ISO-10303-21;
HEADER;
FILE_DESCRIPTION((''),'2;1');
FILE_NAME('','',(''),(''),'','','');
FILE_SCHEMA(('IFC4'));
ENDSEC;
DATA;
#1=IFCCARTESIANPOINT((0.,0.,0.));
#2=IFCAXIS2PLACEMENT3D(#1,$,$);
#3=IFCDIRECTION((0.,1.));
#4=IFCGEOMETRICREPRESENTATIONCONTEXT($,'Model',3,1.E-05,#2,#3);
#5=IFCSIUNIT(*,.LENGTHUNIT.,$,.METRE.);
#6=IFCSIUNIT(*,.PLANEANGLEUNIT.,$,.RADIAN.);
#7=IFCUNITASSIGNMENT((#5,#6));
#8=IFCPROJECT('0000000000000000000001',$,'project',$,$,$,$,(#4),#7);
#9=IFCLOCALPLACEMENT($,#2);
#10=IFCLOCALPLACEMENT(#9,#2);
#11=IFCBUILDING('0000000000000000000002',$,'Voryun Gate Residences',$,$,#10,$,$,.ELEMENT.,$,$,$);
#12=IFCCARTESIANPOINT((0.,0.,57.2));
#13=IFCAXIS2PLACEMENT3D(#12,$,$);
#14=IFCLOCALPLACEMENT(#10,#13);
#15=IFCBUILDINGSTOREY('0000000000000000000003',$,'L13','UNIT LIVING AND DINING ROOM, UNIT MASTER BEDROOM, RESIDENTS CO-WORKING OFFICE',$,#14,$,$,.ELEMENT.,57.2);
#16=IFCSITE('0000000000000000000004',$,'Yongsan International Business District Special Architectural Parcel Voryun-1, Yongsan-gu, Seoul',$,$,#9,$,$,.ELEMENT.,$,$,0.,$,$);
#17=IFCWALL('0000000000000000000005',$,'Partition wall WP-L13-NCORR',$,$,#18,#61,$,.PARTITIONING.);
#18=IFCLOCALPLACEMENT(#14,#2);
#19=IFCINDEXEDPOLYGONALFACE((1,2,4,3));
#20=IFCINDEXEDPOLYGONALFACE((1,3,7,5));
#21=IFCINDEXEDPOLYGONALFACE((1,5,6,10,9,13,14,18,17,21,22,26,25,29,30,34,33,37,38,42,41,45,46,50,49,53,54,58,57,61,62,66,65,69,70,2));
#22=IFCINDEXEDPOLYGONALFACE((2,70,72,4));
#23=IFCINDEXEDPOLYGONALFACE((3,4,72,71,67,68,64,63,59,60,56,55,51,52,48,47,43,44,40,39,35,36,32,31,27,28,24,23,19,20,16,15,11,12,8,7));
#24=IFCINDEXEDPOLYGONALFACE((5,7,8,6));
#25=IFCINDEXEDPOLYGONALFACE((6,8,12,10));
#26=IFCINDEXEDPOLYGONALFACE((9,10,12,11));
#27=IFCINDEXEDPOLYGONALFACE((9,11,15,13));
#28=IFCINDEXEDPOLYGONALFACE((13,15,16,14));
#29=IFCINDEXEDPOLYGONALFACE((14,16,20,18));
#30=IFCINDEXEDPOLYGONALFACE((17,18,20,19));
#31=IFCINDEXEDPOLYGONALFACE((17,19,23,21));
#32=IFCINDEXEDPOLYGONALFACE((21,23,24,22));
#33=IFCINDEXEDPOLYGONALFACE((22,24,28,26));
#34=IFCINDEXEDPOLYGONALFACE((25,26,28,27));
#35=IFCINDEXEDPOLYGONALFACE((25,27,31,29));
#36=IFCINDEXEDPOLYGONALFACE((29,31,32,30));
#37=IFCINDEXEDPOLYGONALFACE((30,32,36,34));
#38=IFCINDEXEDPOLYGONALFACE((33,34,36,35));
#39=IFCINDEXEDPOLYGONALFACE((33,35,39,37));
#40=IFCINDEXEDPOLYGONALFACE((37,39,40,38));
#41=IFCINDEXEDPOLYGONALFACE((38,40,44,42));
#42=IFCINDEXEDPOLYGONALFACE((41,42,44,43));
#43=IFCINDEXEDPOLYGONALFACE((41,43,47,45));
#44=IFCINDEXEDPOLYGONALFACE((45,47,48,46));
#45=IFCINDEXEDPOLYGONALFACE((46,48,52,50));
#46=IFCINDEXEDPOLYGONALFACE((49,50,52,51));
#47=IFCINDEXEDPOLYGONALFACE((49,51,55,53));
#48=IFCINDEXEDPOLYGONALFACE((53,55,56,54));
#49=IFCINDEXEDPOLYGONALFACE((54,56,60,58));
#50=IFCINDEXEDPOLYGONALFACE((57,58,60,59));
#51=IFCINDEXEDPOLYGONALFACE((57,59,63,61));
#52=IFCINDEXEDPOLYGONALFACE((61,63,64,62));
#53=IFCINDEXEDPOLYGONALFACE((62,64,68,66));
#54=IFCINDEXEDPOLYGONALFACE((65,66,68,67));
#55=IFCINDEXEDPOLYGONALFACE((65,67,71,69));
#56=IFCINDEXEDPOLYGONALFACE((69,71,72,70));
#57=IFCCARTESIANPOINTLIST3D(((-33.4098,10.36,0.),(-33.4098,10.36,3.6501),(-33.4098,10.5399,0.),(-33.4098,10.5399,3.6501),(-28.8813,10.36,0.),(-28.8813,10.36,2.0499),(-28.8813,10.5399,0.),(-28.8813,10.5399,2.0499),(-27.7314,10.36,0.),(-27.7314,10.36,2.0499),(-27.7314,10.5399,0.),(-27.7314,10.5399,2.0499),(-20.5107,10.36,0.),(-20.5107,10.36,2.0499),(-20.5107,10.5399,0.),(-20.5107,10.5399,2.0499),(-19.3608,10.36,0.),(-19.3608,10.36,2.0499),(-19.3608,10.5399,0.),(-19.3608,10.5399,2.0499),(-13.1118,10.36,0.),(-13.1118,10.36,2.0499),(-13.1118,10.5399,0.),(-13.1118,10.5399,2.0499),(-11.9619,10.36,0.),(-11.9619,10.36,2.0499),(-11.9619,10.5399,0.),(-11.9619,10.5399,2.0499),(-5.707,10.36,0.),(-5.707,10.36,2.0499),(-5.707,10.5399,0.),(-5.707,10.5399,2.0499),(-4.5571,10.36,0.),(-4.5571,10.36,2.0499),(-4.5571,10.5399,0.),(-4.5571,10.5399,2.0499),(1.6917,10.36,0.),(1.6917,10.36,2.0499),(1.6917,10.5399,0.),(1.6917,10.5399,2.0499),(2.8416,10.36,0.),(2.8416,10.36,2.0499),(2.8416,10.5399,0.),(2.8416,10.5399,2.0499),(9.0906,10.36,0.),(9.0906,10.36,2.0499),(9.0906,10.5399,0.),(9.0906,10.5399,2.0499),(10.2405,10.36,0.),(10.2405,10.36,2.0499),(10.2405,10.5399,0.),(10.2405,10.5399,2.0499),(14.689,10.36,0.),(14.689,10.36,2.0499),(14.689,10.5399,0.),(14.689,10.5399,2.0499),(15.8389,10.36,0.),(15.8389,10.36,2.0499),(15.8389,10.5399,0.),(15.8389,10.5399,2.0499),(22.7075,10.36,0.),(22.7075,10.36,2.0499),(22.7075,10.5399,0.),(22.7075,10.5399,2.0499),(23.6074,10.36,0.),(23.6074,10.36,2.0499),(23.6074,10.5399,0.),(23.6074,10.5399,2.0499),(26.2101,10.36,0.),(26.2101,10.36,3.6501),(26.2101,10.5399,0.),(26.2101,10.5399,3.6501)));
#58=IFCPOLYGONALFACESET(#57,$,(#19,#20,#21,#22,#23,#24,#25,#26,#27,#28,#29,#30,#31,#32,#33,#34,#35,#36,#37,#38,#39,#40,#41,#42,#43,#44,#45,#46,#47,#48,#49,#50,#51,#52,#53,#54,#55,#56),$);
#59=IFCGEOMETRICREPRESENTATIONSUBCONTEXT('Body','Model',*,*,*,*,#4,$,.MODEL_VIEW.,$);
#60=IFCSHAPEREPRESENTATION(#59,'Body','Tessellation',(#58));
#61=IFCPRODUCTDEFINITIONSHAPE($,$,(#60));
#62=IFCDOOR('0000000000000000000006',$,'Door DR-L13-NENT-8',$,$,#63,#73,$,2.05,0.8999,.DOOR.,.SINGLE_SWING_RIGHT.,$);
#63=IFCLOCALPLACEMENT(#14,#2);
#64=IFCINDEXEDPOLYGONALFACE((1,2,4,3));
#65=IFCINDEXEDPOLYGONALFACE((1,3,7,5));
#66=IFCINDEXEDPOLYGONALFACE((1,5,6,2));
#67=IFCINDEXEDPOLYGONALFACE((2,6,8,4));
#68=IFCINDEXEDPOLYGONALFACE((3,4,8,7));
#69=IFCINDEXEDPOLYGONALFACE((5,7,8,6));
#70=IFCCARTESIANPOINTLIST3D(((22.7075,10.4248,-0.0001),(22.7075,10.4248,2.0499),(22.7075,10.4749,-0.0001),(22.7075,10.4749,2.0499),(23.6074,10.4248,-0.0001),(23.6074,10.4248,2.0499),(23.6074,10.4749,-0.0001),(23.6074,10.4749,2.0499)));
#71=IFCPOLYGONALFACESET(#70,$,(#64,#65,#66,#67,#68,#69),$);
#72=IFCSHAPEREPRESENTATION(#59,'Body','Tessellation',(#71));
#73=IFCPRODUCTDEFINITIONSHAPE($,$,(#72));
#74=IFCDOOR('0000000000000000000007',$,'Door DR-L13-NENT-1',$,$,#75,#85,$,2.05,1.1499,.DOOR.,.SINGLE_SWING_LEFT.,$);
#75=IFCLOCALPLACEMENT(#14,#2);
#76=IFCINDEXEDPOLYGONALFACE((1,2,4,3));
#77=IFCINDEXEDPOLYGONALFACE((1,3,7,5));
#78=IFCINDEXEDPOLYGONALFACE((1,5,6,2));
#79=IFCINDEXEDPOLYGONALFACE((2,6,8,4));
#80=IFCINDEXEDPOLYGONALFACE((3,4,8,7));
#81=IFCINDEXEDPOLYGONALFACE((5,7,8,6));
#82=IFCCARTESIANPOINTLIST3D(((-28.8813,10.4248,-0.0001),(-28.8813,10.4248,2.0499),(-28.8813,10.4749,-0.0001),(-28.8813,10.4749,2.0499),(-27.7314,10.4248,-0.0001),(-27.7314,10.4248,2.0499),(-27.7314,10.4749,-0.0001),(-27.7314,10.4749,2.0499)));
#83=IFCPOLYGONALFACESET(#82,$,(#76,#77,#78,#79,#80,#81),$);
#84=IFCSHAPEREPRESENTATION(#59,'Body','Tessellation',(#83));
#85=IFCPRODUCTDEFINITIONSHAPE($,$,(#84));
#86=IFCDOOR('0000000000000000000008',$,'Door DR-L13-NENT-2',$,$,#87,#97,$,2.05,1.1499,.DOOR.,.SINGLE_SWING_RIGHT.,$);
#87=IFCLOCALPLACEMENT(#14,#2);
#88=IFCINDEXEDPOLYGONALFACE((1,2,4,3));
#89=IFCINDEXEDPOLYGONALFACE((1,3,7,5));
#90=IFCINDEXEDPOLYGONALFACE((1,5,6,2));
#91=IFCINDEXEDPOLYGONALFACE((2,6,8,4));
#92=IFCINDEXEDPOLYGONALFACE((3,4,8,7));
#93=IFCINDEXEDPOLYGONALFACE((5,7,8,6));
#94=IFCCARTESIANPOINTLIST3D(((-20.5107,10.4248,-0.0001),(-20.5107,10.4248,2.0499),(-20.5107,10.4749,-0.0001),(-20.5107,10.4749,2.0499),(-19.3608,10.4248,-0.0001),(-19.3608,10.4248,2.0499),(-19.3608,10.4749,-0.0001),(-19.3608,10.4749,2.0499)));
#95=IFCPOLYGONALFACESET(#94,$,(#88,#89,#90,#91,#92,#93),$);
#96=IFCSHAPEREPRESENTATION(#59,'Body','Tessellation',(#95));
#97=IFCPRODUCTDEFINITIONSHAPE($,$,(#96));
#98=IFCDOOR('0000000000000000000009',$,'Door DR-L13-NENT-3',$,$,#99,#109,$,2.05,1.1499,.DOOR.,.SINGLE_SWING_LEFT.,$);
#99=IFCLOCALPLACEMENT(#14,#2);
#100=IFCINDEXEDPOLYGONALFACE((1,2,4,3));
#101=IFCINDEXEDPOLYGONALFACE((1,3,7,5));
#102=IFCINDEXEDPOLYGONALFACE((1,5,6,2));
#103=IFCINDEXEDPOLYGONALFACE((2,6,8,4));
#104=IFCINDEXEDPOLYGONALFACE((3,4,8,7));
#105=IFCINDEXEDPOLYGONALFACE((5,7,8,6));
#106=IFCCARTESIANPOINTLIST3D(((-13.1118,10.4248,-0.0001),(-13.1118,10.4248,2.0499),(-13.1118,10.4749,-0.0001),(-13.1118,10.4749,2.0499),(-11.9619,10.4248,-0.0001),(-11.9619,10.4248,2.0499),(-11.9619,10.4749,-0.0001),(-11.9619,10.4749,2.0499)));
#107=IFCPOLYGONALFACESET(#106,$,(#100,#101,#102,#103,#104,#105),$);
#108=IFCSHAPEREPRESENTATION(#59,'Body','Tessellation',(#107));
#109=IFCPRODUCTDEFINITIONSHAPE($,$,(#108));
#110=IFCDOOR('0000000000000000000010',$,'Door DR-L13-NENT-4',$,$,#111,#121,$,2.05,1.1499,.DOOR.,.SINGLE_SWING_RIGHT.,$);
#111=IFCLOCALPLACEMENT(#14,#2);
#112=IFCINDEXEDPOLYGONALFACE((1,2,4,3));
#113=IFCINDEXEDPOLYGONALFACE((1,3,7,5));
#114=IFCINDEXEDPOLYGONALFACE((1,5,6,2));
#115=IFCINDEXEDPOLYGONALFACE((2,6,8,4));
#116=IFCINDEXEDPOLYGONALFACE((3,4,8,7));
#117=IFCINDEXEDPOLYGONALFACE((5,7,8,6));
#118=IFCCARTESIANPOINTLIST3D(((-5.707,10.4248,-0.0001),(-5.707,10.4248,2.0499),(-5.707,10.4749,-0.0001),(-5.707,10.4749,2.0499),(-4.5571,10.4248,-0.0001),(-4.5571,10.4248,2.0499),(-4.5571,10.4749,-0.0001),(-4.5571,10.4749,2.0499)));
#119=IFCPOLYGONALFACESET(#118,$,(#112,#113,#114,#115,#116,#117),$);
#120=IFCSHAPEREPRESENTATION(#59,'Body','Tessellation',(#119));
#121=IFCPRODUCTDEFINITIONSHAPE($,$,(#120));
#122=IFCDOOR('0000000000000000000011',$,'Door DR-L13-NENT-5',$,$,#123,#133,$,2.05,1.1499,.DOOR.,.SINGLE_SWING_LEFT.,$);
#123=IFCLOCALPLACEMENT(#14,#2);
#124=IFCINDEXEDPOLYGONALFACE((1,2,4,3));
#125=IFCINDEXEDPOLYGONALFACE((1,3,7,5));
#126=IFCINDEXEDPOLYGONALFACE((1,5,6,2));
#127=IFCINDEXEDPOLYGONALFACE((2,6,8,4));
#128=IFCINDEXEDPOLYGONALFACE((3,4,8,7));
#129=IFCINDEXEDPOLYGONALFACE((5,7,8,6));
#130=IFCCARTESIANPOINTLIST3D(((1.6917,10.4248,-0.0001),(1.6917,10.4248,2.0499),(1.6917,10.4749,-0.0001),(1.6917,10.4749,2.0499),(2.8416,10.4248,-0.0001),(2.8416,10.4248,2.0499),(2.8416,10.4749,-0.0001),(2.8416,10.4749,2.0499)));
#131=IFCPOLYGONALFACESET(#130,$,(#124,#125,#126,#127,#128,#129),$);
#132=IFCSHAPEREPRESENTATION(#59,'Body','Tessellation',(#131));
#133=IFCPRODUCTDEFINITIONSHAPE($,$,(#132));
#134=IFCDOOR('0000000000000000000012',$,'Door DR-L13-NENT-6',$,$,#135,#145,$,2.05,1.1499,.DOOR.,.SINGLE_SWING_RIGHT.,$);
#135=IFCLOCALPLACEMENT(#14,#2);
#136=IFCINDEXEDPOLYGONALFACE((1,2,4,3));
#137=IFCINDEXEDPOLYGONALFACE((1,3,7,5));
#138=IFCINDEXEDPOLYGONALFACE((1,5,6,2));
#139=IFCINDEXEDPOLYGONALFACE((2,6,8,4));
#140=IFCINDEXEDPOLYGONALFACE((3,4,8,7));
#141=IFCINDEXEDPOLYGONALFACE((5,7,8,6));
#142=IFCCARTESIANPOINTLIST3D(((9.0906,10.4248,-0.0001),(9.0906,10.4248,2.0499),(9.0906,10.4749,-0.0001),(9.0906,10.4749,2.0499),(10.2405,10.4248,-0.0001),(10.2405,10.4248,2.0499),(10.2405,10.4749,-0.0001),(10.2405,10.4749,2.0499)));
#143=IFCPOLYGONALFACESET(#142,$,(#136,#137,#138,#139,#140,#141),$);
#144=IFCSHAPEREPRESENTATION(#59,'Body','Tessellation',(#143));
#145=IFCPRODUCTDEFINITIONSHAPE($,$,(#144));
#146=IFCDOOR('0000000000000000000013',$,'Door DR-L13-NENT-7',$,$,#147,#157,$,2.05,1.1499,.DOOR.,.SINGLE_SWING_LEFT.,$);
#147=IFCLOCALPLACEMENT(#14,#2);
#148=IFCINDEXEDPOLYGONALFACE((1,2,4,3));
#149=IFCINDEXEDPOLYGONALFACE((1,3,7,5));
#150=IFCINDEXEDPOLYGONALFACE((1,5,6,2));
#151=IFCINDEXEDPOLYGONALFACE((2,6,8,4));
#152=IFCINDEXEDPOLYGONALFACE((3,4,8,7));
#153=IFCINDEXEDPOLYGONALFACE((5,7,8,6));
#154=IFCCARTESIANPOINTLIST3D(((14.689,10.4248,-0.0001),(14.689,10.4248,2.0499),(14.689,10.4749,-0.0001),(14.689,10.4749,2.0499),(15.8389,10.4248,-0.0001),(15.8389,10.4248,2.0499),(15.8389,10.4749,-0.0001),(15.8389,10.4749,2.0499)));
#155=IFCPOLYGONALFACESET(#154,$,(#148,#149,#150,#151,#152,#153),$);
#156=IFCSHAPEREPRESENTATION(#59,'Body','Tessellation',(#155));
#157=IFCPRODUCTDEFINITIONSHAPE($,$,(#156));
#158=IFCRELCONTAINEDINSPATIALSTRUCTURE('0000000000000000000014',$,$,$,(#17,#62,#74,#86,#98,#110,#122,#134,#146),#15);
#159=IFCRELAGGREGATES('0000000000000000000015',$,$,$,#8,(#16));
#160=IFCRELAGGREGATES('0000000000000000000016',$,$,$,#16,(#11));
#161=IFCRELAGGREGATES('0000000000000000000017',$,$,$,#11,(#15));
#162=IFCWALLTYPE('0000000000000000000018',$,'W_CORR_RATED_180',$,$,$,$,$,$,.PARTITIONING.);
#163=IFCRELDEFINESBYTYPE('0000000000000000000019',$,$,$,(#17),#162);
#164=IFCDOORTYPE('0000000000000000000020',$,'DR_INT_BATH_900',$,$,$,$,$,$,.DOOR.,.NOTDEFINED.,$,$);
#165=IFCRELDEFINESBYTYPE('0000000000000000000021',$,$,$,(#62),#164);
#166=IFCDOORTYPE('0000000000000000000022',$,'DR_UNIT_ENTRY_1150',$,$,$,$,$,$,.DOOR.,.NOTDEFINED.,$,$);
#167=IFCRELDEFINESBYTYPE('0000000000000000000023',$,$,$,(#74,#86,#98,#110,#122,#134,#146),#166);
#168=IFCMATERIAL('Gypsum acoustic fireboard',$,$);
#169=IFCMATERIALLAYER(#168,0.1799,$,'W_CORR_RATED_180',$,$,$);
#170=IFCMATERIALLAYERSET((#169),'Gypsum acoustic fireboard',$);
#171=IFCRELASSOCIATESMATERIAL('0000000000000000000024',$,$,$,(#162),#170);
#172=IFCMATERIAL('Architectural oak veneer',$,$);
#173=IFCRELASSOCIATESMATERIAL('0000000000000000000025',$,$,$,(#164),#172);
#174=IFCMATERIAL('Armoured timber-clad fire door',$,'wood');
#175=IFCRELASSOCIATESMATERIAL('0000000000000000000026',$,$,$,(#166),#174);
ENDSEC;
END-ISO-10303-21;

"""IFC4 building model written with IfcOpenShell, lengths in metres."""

from ifc_helpers import new_model, si_unit, direction, frame, frame_2d, origin, place, context, subcontext, project, spatial, rectangle, extrude, material, layer, layer_set, type_object, element, fill, save


model = new_model("IFC4")

# Units and contexts
model_context = context("Model", 3, precision=1e-05, world=origin(), true_north=direction((0.0, 1.0)))
body_context = subcontext(model_context, "Body", "Model", "MODEL_VIEW")
ifc_project = project(units=[si_unit("LENGTHUNIT", "METRE"), si_unit("PLANEANGLEUNIT", "RADIAN")], contexts=[model_context])

# Site, building, storey
site_placement = place(None, origin())
site = spatial("IfcSite", under=ifc_project, at=site_placement, Name="Yongsan International Business District Special Architectural Parcel Voryun-1, Yongsan-gu, Seoul", CompositionType="ELEMENT", RefElevation=0.0)
building_placement = place(site_placement, origin())
building = spatial("IfcBuilding", under=site, at=building_placement, Name="Voryun Gate Residences", CompositionType="ELEMENT")
storey_placement = place(building_placement, frame((0.0, 0.0, 57.2)))
storey = spatial("IfcBuildingStorey", under=building, at=storey_placement, Name="L13", Description="UNIT LIVING AND DINING ROOM, UNIT MASTER BEDROOM, RESIDENTS CO-WORKING OFFICE", CompositionType="ELEMENT", Elevation=57.2)

# Wall, openings, doors
ifc_material_1 = material(Name="Gypsum acoustic fireboard")
ifc_layer_1 = layer(ifc_material_1, 0.1799, Name="W_CORR_RATED_180")
ifc_layer_set_1 = layer_set([ifc_layer_1], Name="Gypsum acoustic fireboard")
wall_type_1 = type_object("IfcWallType", Name="W_CORR_RATED_180", PredefinedType="PARTITIONING", material=ifc_layer_set_1)
wall_1_placement = place(storey_placement, frame((-33.4099, 10.45, 0.0), z_axis=(0.0, 0.0, 1.0), x_axis=(1.0, 0.0, 0.0)))
wall_1 = element("IfcWall", 1, at=wall_1_placement, inside=storey, type_object=wall_type_1, Name="Partition wall WP-L13-NCORR", PredefinedType="PARTITIONING", context=body_context, shape_type="SweptSolid", body=[
    extrude(rectangle(XDim=59.6199, YDim=0.1799, at=frame_2d((29.8101, 0.0))), origin(), (0.0, 0.0, 1.0), 3.6501),
])
opening_1_placement = place(wall_1_placement, frame((4.5286, 0.0, 0.0)))
opening_1 = element("IfcOpeningElement", 2, at=opening_1_placement, cuts=wall_1, PredefinedType="OPENING", context=body_context, shape_type="SweptSolid", body=[
    extrude(rectangle(XDim=1.1499, YDim=2.05, at=frame_2d((0.575, 1.0249))), frame((0.0, 0.0999, 0.0), z_axis=(0.0, -1.0, 0.0), x_axis=(1.0, 0.0, 0.0)), (0.0, 0.0, 1.0), 0.2),
])
opening_2_placement = place(wall_1_placement, frame((12.8992, 0.0, 0.0)))
opening_2 = element("IfcOpeningElement", 3, at=opening_2_placement, cuts=wall_1, PredefinedType="OPENING", context=body_context, shape_type="SweptSolid", body=[
    extrude(rectangle(XDim=1.1499, YDim=2.05, at=frame_2d((0.575, 1.0249))), frame((0.0, 0.0999, 0.0), z_axis=(0.0, -1.0, 0.0), x_axis=(1.0, 0.0, 0.0)), (0.0, 0.0, 1.0), 0.2),
])
opening_3_placement = place(wall_1_placement, frame((20.2981, 0.0, 0.0)))
opening_3 = element("IfcOpeningElement", 4, at=opening_3_placement, cuts=wall_1, PredefinedType="OPENING", context=body_context, shape_type="SweptSolid", body=[
    extrude(rectangle(XDim=1.1499, YDim=2.05, at=frame_2d((0.575, 1.0249))), frame((0.0, 0.0999, 0.0), z_axis=(0.0, -1.0, 0.0), x_axis=(1.0, 0.0, 0.0)), (0.0, 0.0, 1.0), 0.2),
])
opening_4_placement = place(wall_1_placement, frame((27.7029, 0.0, 0.0)))
opening_4 = element("IfcOpeningElement", 5, at=opening_4_placement, cuts=wall_1, PredefinedType="OPENING", context=body_context, shape_type="SweptSolid", body=[
    extrude(rectangle(XDim=1.1499, YDim=2.05, at=frame_2d((0.575, 1.0249))), frame((0.0, 0.0999, 0.0), z_axis=(0.0, -1.0, 0.0), x_axis=(1.0, 0.0, 0.0)), (0.0, 0.0, 1.0), 0.2),
])
opening_5_placement = place(wall_1_placement, frame((35.1016, 0.0, 0.0)))
opening_5 = element("IfcOpeningElement", 6, at=opening_5_placement, cuts=wall_1, PredefinedType="OPENING", context=body_context, shape_type="SweptSolid", body=[
    extrude(rectangle(XDim=1.1499, YDim=2.05, at=frame_2d((0.575, 1.0249))), frame((0.0, 0.0999, 0.0), z_axis=(0.0, -1.0, 0.0), x_axis=(1.0, 0.0, 0.0)), (0.0, 0.0, 1.0), 0.2),
])
opening_6_placement = place(wall_1_placement, frame((42.5005, 0.0, 0.0)))
opening_6 = element("IfcOpeningElement", 7, at=opening_6_placement, cuts=wall_1, PredefinedType="OPENING", context=body_context, shape_type="SweptSolid", body=[
    extrude(rectangle(XDim=1.1499, YDim=2.05, at=frame_2d((0.575, 1.0249))), frame((0.0, 0.0999, 0.0), z_axis=(0.0, -1.0, 0.0), x_axis=(1.0, 0.0, 0.0)), (0.0, 0.0, 1.0), 0.2),
])
opening_7_placement = place(wall_1_placement, frame((48.0989, 0.0, 0.0)))
opening_7 = element("IfcOpeningElement", 8, at=opening_7_placement, cuts=wall_1, PredefinedType="OPENING", context=body_context, shape_type="SweptSolid", body=[
    extrude(rectangle(XDim=1.1499, YDim=2.05, at=frame_2d((0.575, 1.0249))), frame((0.0, 0.0999, 0.0), z_axis=(0.0, -1.0, 0.0), x_axis=(1.0, 0.0, 0.0)), (0.0, 0.0, 1.0), 0.2),
])
opening_8_placement = place(wall_1_placement, frame((56.1174, 0.0, 0.0)))
opening_8 = element("IfcOpeningElement", 9, at=opening_8_placement, cuts=wall_1, PredefinedType="OPENING", context=body_context, shape_type="SweptSolid", body=[
    extrude(rectangle(XDim=0.8999, YDim=2.05, at=frame_2d((0.45, 1.0249))), frame((0.0, 0.0999, 0.0), z_axis=(0.0, -1.0, 0.0), x_axis=(1.0, 0.0, 0.0)), (0.0, 0.0, 1.0), 0.2),
])
ifc_material_2 = material(Name="Architectural oak veneer")
door_type_1 = type_object("IfcDoorType", Name="DR_INT_BATH_900", OperationType="NOTDEFINED", PredefinedType="DOOR", material=ifc_material_2)
door_1_placement = place(opening_8_placement, origin())
door_1 = element("IfcDoor", 10, at=door_1_placement, inside=storey, type_object=door_type_1, Name="Door DR-L13-NENT-8", OperationType="SINGLE_SWING_RIGHT", OverallHeight=2.05, OverallWidth=0.8999, PredefinedType="DOOR", context=body_context, shape_type="SweptSolid", body=[
    extrude(rectangle(XDim=0.8999, YDim=2.05, at=frame_2d((0.45, 1.0249))), frame((0.0, 0.0249, 0.0), z_axis=(0.0, -1.0, 0.0), x_axis=(1.0, 0.0, 0.0)), (0.0, 0.0, 1.0), 0.05),
])
fill(opening_8, door_1)
ifc_material_3 = material(Name="Armoured timber-clad fire door", Category="wood")
door_type_2 = type_object("IfcDoorType", Name="DR_UNIT_ENTRY_1150", OperationType="NOTDEFINED", PredefinedType="DOOR", material=ifc_material_3)
door_2_placement = place(opening_1_placement, origin())
door_2 = element("IfcDoor", 11, at=door_2_placement, inside=storey, type_object=door_type_2, Name="Door DR-L13-NENT-1", OperationType="SINGLE_SWING_LEFT", OverallHeight=2.05, OverallWidth=1.1499, PredefinedType="DOOR", context=body_context, shape_type="SweptSolid", body=[
    extrude(rectangle(XDim=1.1499, YDim=2.05, at=frame_2d((0.575, 1.0249))), frame((0.0, 0.0249, 0.0), z_axis=(0.0, -1.0, 0.0), x_axis=(1.0, 0.0, 0.0)), (0.0, 0.0, 1.0), 0.05),
])
fill(opening_1, door_2)
door_3_placement = place(opening_2_placement, origin())
door_3 = element("IfcDoor", 12, at=door_3_placement, inside=storey, type_object=door_type_2, Name="Door DR-L13-NENT-2", OperationType="SINGLE_SWING_RIGHT", OverallHeight=2.05, OverallWidth=1.1499, PredefinedType="DOOR", context=body_context, shape_type="SweptSolid", body=[
    extrude(rectangle(XDim=1.1499, YDim=2.05, at=frame_2d((0.575, 1.0249))), frame((0.0, 0.0249, 0.0), z_axis=(0.0, -1.0, 0.0), x_axis=(1.0, 0.0, 0.0)), (0.0, 0.0, 1.0), 0.05),
])
fill(opening_2, door_3)
door_4_placement = place(opening_3_placement, origin())
door_4 = element("IfcDoor", 13, at=door_4_placement, inside=storey, type_object=door_type_2, Name="Door DR-L13-NENT-3", OperationType="SINGLE_SWING_LEFT", OverallHeight=2.05, OverallWidth=1.1499, PredefinedType="DOOR", context=body_context, shape_type="SweptSolid", body=[
    extrude(rectangle(XDim=1.1499, YDim=2.05, at=frame_2d((0.575, 1.0249))), frame((0.0, 0.0249, 0.0), z_axis=(0.0, -1.0, 0.0), x_axis=(1.0, 0.0, 0.0)), (0.0, 0.0, 1.0), 0.05),
])
fill(opening_3, door_4)
door_5_placement = place(opening_4_placement, origin())
door_5 = element("IfcDoor", 14, at=door_5_placement, inside=storey, type_object=door_type_2, Name="Door DR-L13-NENT-4", OperationType="SINGLE_SWING_RIGHT", OverallHeight=2.05, OverallWidth=1.1499, PredefinedType="DOOR", context=body_context, shape_type="SweptSolid", body=[
    extrude(rectangle(XDim=1.1499, YDim=2.05, at=frame_2d((0.575, 1.0249))), frame((0.0, 0.0249, 0.0), z_axis=(0.0, -1.0, 0.0), x_axis=(1.0, 0.0, 0.0)), (0.0, 0.0, 1.0), 0.05),
])
fill(opening_4, door_5)
door_6_placement = place(opening_5_placement, origin())
door_6 = element("IfcDoor", 15, at=door_6_placement, inside=storey, type_object=door_type_2, Name="Door DR-L13-NENT-5", OperationType="SINGLE_SWING_LEFT", OverallHeight=2.05, OverallWidth=1.1499, PredefinedType="DOOR", context=body_context, shape_type="SweptSolid", body=[
    extrude(rectangle(XDim=1.1499, YDim=2.05, at=frame_2d((0.575, 1.0249))), frame((0.0, 0.0249, 0.0), z_axis=(0.0, -1.0, 0.0), x_axis=(1.0, 0.0, 0.0)), (0.0, 0.0, 1.0), 0.05),
])
fill(opening_5, door_6)
door_7_placement = place(opening_6_placement, origin())
door_7 = element("IfcDoor", 16, at=door_7_placement, inside=storey, type_object=door_type_2, Name="Door DR-L13-NENT-6", OperationType="SINGLE_SWING_RIGHT", OverallHeight=2.05, OverallWidth=1.1499, PredefinedType="DOOR", context=body_context, shape_type="SweptSolid", body=[
    extrude(rectangle(XDim=1.1499, YDim=2.05, at=frame_2d((0.575, 1.0249))), frame((0.0, 0.0249, 0.0), z_axis=(0.0, -1.0, 0.0), x_axis=(1.0, 0.0, 0.0)), (0.0, 0.0, 1.0), 0.05),
])
fill(opening_6, door_7)
door_8_placement = place(opening_7_placement, origin())
door_8 = element("IfcDoor", 17, at=door_8_placement, inside=storey, type_object=door_type_2, Name="Door DR-L13-NENT-7", OperationType="SINGLE_SWING_LEFT", OverallHeight=2.05, OverallWidth=1.1499, PredefinedType="DOOR", context=body_context, shape_type="SweptSolid", body=[
    extrude(rectangle(XDim=1.1499, YDim=2.05, at=frame_2d((0.575, 1.0249))), frame((0.0, 0.0249, 0.0), z_axis=(0.0, -1.0, 0.0), x_axis=(1.0, 0.0, 0.0)), (0.0, 0.0, 1.0), 0.05),
])
fill(opening_7, door_8)

save(model, "model.ifc")
